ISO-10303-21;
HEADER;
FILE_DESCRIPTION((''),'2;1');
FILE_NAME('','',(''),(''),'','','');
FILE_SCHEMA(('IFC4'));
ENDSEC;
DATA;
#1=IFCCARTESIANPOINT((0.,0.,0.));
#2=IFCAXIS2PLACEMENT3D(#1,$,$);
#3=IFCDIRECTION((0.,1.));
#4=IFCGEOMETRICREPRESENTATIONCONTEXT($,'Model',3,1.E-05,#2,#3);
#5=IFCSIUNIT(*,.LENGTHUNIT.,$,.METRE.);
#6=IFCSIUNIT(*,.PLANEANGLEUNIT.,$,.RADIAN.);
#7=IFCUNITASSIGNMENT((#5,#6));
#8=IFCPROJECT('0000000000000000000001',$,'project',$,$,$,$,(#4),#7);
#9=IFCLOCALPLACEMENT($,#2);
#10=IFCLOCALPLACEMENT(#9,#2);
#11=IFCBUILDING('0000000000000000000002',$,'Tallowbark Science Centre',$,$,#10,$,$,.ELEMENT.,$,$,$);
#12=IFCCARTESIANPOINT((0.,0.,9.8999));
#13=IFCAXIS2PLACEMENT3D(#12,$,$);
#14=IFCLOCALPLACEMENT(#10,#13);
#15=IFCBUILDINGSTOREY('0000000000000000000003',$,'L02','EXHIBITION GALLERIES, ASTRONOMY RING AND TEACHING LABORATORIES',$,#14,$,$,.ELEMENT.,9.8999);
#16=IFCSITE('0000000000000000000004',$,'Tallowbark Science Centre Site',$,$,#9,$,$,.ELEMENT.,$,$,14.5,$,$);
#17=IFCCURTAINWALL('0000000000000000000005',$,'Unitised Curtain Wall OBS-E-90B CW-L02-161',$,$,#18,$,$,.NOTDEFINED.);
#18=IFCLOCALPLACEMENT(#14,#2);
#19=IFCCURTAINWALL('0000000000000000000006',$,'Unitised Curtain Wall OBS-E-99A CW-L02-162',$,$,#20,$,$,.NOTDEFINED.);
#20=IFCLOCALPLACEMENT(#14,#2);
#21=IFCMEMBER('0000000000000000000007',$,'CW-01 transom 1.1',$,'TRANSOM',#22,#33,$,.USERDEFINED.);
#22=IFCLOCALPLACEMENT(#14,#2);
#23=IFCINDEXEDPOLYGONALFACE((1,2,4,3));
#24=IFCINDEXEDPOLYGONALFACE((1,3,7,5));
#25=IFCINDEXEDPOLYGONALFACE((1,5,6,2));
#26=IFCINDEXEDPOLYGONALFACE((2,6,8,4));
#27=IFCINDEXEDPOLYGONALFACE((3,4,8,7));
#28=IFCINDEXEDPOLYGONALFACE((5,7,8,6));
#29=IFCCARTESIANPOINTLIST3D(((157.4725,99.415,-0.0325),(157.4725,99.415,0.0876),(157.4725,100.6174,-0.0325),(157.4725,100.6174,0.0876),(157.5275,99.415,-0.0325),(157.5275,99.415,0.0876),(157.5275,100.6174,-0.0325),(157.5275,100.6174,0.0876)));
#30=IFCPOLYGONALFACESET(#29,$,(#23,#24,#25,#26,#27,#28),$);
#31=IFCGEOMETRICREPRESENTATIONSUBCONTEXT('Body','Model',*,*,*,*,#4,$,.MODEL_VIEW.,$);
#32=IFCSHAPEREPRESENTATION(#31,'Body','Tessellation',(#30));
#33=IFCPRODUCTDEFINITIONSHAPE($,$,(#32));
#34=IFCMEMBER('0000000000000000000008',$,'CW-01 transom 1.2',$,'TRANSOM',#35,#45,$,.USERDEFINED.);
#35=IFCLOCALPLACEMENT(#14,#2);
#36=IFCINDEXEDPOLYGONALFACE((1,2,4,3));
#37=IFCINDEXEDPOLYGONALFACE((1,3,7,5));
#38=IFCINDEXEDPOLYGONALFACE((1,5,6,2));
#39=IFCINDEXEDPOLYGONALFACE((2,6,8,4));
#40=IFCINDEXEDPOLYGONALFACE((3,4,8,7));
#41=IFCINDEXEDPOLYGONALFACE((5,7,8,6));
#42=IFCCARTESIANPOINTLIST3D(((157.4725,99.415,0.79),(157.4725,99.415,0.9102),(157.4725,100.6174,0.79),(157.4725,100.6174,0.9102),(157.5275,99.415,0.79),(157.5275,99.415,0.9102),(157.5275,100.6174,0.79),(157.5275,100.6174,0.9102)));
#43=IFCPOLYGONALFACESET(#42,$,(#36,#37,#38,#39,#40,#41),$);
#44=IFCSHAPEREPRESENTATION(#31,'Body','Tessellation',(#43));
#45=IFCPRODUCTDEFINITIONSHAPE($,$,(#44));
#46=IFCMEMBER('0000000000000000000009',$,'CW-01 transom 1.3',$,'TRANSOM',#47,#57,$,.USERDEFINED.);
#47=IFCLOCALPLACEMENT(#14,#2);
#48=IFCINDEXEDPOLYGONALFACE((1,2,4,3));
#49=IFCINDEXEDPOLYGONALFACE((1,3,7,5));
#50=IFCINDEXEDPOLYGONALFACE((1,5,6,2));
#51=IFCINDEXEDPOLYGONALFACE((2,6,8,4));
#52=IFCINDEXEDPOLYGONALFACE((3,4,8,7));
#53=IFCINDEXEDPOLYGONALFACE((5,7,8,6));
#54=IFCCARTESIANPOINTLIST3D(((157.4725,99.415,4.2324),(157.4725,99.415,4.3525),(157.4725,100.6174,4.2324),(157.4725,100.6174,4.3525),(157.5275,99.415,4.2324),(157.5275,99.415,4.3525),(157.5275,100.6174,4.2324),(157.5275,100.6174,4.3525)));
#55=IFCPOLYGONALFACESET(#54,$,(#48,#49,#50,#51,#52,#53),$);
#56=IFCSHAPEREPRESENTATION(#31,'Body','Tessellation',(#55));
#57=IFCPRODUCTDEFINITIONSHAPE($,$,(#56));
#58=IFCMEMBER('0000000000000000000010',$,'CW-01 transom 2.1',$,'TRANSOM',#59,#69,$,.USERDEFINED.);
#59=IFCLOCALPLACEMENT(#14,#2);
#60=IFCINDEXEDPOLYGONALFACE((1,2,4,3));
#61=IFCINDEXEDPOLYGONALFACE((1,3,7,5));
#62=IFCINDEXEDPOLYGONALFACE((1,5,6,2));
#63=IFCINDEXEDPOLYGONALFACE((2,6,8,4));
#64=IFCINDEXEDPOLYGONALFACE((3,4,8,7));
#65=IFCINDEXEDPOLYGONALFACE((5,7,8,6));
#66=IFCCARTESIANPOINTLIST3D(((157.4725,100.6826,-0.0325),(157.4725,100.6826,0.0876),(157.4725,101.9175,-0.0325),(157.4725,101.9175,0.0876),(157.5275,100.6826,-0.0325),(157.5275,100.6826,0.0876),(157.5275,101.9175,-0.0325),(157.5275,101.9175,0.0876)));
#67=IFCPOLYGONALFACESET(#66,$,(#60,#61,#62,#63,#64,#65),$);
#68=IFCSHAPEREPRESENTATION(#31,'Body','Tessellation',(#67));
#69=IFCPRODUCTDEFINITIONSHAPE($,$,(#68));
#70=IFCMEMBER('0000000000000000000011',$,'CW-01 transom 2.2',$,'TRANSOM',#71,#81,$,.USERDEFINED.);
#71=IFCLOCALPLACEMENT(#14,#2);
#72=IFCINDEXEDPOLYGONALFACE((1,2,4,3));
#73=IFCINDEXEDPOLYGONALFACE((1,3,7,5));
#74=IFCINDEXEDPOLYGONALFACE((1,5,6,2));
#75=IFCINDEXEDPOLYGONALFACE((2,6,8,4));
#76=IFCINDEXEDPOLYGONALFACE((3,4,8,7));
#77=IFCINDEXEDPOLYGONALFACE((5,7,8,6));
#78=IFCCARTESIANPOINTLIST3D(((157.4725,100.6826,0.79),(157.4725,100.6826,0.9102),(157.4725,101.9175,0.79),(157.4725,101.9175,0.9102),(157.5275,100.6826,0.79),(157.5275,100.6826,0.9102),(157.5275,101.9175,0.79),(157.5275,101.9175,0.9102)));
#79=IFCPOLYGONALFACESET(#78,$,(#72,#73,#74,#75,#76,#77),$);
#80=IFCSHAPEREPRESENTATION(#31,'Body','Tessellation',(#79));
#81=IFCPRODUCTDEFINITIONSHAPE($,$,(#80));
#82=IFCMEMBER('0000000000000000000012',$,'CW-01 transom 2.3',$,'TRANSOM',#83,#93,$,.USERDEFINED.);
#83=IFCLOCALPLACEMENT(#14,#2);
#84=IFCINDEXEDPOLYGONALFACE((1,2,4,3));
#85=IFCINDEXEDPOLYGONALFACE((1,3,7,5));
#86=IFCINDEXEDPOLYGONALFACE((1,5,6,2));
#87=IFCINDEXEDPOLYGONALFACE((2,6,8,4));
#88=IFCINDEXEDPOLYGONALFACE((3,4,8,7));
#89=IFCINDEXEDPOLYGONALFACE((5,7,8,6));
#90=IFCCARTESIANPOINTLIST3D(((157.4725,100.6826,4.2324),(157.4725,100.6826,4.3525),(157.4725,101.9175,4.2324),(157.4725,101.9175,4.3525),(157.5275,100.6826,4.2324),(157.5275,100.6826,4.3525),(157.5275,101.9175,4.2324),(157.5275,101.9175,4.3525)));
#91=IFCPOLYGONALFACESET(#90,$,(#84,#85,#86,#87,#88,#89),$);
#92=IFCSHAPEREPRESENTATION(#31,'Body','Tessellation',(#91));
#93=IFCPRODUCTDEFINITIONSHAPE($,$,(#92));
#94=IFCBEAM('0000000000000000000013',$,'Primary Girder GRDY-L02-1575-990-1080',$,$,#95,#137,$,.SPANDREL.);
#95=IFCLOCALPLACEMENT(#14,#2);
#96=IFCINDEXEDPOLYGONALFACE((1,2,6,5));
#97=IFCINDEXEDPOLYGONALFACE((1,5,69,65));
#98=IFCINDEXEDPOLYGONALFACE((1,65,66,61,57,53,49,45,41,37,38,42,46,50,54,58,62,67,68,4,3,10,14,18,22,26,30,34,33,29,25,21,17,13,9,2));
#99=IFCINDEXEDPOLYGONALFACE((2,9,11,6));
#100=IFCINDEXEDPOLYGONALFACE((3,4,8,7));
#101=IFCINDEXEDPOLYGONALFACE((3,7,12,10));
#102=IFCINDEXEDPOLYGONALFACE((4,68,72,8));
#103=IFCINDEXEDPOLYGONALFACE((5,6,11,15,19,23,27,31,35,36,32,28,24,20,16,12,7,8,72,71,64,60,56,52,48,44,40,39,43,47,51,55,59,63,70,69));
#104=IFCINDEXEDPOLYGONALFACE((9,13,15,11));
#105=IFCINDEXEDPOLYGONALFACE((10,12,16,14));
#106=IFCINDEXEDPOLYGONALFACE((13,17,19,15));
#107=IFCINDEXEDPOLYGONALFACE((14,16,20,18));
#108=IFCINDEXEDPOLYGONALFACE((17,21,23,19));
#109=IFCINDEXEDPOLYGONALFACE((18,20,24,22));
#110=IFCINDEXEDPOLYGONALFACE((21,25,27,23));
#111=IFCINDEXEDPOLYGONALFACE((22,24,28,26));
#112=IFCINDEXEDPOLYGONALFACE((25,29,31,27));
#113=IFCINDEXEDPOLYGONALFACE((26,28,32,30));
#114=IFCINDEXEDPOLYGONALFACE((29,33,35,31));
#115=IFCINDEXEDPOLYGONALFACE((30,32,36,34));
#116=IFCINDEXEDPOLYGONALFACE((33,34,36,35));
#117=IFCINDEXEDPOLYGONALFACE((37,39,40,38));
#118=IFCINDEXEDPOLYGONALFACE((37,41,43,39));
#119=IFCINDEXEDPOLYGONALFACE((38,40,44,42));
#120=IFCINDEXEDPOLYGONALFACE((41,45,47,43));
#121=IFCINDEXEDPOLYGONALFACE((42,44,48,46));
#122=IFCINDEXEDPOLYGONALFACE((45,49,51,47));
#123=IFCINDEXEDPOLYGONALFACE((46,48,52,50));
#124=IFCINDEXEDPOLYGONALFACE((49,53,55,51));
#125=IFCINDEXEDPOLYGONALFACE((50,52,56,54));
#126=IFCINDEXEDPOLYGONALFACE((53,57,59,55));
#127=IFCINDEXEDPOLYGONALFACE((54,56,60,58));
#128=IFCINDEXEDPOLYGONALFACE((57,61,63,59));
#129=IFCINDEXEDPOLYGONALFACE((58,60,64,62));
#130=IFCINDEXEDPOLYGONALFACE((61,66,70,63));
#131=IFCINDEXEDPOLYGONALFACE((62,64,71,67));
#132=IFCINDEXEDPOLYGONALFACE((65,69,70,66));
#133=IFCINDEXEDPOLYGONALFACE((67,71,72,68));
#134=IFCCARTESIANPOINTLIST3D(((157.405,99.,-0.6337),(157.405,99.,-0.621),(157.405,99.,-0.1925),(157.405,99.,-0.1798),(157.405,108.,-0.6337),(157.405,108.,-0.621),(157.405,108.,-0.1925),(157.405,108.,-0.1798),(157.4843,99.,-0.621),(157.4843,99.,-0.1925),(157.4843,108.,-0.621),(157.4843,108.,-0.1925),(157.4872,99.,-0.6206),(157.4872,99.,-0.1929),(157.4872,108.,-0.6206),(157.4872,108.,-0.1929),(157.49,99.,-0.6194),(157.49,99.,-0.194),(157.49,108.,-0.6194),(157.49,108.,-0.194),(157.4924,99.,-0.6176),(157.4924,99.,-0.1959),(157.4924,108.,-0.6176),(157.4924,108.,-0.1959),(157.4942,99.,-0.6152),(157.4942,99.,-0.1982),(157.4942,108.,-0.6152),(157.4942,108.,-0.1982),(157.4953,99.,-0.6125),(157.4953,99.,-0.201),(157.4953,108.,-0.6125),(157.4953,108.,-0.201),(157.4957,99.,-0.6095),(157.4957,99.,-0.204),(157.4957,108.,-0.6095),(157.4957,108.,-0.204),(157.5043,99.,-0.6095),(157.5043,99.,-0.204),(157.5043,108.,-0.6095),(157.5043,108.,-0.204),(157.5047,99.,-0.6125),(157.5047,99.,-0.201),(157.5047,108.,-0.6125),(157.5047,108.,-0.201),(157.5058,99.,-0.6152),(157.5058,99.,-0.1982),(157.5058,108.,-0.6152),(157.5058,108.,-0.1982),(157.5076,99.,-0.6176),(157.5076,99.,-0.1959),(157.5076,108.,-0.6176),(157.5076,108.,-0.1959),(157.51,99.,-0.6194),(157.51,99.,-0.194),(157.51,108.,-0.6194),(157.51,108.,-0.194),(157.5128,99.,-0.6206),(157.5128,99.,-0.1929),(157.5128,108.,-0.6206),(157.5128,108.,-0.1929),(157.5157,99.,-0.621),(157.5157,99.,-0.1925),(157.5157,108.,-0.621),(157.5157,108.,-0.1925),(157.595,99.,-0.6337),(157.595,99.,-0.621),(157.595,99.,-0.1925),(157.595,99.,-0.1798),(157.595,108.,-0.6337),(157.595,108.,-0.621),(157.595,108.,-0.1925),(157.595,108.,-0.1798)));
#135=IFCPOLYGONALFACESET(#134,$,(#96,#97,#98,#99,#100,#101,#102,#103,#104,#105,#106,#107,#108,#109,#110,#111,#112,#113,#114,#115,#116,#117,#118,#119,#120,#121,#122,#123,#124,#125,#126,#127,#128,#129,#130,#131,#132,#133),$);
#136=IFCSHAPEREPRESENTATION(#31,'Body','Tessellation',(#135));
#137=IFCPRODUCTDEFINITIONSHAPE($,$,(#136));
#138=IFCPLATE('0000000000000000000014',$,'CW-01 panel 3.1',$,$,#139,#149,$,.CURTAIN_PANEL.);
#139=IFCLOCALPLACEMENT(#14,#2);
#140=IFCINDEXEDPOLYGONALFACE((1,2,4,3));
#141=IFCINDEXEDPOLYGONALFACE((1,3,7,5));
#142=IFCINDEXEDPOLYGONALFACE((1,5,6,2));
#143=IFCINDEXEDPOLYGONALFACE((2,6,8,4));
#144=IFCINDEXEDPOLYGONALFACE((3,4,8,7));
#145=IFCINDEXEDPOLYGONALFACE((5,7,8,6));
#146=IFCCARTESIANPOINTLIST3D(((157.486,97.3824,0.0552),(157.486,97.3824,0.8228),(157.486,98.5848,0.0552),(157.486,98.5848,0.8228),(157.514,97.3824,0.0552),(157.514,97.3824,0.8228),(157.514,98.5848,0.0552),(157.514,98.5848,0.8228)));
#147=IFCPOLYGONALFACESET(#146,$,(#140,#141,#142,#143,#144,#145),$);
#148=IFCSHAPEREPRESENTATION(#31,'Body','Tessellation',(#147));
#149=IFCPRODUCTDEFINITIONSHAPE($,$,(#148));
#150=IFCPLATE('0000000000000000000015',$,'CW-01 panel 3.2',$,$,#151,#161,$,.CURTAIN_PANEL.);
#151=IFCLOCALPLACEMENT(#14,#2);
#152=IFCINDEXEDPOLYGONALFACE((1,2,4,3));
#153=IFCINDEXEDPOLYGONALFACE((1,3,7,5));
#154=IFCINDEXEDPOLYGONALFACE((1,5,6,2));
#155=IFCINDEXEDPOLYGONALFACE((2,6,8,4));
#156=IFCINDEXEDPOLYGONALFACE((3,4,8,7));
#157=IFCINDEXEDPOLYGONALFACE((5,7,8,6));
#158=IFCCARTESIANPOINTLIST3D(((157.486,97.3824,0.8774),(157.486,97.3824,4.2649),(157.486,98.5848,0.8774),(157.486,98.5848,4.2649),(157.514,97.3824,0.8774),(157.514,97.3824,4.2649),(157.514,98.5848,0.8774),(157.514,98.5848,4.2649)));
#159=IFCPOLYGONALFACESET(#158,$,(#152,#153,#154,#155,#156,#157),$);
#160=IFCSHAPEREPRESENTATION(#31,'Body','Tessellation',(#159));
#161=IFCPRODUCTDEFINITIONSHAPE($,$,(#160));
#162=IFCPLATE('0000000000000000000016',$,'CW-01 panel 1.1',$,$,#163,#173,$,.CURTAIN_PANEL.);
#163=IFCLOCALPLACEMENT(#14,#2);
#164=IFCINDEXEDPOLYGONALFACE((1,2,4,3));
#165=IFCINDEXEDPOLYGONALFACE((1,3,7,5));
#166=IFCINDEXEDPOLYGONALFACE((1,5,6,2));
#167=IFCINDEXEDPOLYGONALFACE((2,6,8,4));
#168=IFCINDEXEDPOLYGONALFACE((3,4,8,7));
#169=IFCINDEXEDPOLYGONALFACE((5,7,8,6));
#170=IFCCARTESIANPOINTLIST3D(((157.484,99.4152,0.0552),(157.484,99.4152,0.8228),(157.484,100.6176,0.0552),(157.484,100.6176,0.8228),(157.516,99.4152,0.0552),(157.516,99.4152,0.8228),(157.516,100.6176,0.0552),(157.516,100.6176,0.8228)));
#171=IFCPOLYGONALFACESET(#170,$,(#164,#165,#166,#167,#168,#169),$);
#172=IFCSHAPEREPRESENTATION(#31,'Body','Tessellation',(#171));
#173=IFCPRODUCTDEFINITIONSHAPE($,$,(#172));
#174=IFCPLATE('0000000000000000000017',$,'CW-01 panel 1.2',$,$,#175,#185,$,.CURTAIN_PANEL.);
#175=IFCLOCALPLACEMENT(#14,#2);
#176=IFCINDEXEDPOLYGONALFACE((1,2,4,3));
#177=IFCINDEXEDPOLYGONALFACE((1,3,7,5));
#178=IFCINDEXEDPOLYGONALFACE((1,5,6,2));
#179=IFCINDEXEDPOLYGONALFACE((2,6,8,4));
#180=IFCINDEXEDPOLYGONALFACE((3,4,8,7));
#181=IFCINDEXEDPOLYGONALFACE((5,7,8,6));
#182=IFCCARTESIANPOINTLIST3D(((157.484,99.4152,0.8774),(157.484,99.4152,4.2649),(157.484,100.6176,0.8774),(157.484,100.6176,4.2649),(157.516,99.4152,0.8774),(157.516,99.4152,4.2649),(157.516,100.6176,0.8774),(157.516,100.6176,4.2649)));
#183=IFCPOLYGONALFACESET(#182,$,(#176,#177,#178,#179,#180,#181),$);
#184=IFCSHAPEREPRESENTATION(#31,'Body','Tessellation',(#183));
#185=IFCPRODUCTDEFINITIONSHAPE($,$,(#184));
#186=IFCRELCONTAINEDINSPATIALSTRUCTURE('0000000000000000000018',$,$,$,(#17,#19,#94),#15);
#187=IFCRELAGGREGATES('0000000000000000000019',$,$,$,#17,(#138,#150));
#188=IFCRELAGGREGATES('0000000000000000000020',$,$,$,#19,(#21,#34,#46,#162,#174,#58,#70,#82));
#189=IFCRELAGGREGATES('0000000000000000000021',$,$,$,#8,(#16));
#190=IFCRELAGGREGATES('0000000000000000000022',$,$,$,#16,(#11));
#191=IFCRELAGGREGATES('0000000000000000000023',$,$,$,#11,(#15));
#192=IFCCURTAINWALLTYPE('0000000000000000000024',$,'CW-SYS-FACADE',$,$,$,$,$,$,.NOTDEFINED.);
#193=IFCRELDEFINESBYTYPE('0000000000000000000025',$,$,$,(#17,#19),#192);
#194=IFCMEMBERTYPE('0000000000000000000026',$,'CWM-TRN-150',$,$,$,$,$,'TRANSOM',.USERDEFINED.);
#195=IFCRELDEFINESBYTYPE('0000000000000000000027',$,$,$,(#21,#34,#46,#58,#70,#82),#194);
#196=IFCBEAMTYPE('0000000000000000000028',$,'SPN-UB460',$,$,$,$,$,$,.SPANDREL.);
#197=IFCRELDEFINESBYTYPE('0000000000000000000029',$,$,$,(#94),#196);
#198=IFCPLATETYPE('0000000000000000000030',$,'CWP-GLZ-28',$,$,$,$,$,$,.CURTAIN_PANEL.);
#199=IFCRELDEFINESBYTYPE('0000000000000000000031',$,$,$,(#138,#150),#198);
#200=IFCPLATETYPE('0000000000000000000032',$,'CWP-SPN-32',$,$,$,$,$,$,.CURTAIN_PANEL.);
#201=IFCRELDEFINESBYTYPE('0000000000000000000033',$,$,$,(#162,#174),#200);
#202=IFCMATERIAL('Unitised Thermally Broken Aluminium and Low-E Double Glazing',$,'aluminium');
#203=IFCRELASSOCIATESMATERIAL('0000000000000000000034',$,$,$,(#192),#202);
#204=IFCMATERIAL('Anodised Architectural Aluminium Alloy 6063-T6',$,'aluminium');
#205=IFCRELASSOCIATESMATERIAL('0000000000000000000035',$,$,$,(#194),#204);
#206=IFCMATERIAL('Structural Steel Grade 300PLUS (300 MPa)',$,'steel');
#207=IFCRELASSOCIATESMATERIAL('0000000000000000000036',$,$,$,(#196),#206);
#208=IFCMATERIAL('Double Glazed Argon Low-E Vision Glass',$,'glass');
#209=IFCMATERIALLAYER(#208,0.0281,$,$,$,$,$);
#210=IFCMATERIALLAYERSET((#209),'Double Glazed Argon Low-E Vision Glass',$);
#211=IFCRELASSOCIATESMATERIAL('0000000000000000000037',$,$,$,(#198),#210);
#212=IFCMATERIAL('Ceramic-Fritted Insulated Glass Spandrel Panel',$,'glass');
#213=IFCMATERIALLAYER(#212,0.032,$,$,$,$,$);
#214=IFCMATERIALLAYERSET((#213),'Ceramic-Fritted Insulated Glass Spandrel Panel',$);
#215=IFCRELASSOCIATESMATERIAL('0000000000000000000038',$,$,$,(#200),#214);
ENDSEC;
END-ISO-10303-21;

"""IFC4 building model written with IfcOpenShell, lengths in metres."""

from ifc_helpers import new_model, si_unit, direction, frame, origin, origin_2d, place, context, subcontext, project, spatial, rectangle, i_section, extrude, material, layer, layer_set, material_profile, profile_set, type_object, element, aggregate, save


model = new_model("IFC4")

# Units and contexts
model_context = context("Model", 3, precision=1e-05, world=origin(), true_north=direction((0.0, 1.0)))
body_context = subcontext(model_context, "Body", "Model", "MODEL_VIEW")
ifc_project = project(units=[si_unit("LENGTHUNIT", "METRE"), si_unit("PLANEANGLEUNIT", "RADIAN")], contexts=[model_context])

# Site, building, storey
site_placement = place(None, origin())
site = spatial("IfcSite", under=ifc_project, at=site_placement, Name="Tallowbark Science Centre Site", CompositionType="ELEMENT", RefElevation=14.5)
building_placement = place(site_placement, origin())
building = spatial("IfcBuilding", under=site, at=building_placement, Name="Tallowbark Science Centre", CompositionType="ELEMENT")
storey_placement = place(building_placement, frame((0.0, 0.0, 9.8999)))
storey = spatial("IfcBuildingStorey", under=building, at=storey_placement, Name="L02", Description="EXHIBITION GALLERIES, ASTRONOMY RING AND TEACHING LABORATORIES", CompositionType="ELEMENT", Elevation=9.8999)

# Shared definitions
ifc_material_1 = material(Name="Structural Steel Grade 300PLUS (300 MPa)", Category="steel")

# Curtain walls
ifc_material_2 = material(Name="Unitised Thermally Broken Aluminium and Low-E Double Glazing", Category="aluminium")
curtain_wall_type = type_object("IfcCurtainWallType", Name="CW-SYS-FACADE", PredefinedType="NOTDEFINED", material=ifc_material_2)
curtain_wall_1_placement = place(storey_placement, origin())
curtain_wall_1 = element("IfcCurtainWall", 1, at=curtain_wall_1_placement, inside=storey, type_object=curtain_wall_type, Name="Unitised Curtain Wall OBS-E-90B CW-L02-161", PredefinedType="NOTDEFINED")
ifc_material_3 = material(Name="Anodised Architectural Aluminium Alloy 6063-T6", Category="aluminium")
curtain_wall_2_placement = place(storey_placement, origin())
curtain_wall_2 = element("IfcCurtainWall", 2, at=curtain_wall_2_placement, inside=storey, type_object=curtain_wall_type, Name="Unitised Curtain Wall OBS-E-99A CW-L02-162", PredefinedType="NOTDEFINED")

# Members
ifc_material_profile_1 = material_profile(ifc_material_3, rectangle(XDim=0.0549, YDim=0.1201, at=origin_2d()), Name="ALU55x120")
ifc_profile_set_1 = profile_set([ifc_material_profile_1], Name="Anodised Architectural Aluminium Alloy 6063-T6")
member_type_1 = type_object("IfcMemberType", Name="CWM-TRN-150", ElementType="TRANSOM", PredefinedType="USERDEFINED", material=ifc_profile_set_1)
member_1_placement = place(storey_placement, frame((157.5, 99.415, 0.0276), z_axis=(0.0, 1.0, 0.0), x_axis=(-1.0, 0.0, 0.0)))
member_1 = element("IfcMember", 3, at=member_1_placement, type_object=member_type_1, Name="CW-01 transom 1.1", ObjectType="TRANSOM", PredefinedType="USERDEFINED", context=body_context, shape_type="SweptSolid", body=[
    extrude(rectangle(XDim=0.0549, YDim=0.1201, at=origin_2d()), origin(), (0.0, 0.0, 1.0), 1.2024),
])
member_2_placement = place(storey_placement, frame((157.5, 99.415, 0.8501), z_axis=(0.0, 1.0, 0.0), x_axis=(-1.0, 0.0, 0.0)))
member_2 = element("IfcMember", 4, at=member_2_placement, type_object=member_type_1, Name="CW-01 transom 1.2", ObjectType="TRANSOM", PredefinedType="USERDEFINED", context=body_context, shape_type="SweptSolid", body=[
    extrude(rectangle(XDim=0.0549, YDim=0.1201, at=origin_2d()), origin(), (0.0, 0.0, 1.0), 1.2024),
])
member_3_placement = place(storey_placement, frame((157.5, 99.415, 4.2925), z_axis=(0.0, 1.0, 0.0), x_axis=(-1.0, 0.0, 0.0)))
member_3 = element("IfcMember", 5, at=member_3_placement, type_object=member_type_1, Name="CW-01 transom 1.3", ObjectType="TRANSOM", PredefinedType="USERDEFINED", context=body_context, shape_type="SweptSolid", body=[
    extrude(rectangle(XDim=0.0549, YDim=0.1201, at=origin_2d()), origin(), (0.0, 0.0, 1.0), 1.2024),
])
member_4_placement = place(storey_placement, frame((157.5, 100.6826, 0.0276), z_axis=(0.0, 1.0, 0.0), x_axis=(-1.0, 0.0, 0.0)))
member_4 = element("IfcMember", 6, at=member_4_placement, type_object=member_type_1, Name="CW-01 transom 2.1", ObjectType="TRANSOM", PredefinedType="USERDEFINED", context=body_context, shape_type="SweptSolid", body=[
    extrude(rectangle(XDim=0.0549, YDim=0.1201, at=origin_2d()), origin(), (0.0, 0.0, 1.0), 1.2349),
])
member_5_placement = place(storey_placement, frame((157.5, 100.6826, 0.8501), z_axis=(0.0, 1.0, 0.0), x_axis=(-1.0, 0.0, 0.0)))
member_5 = element("IfcMember", 7, at=member_5_placement, type_object=member_type_1, Name="CW-01 transom 2.2", ObjectType="TRANSOM", PredefinedType="USERDEFINED", context=body_context, shape_type="SweptSolid", body=[
    extrude(rectangle(XDim=0.0549, YDim=0.1201, at=origin_2d()), origin(), (0.0, 0.0, 1.0), 1.2349),
])
member_6_placement = place(storey_placement, frame((157.5, 100.6826, 4.2925), z_axis=(0.0, 1.0, 0.0), x_axis=(-1.0, 0.0, 0.0)))
member_6 = element("IfcMember", 8, at=member_6_placement, type_object=member_type_1, Name="CW-01 transom 2.3", ObjectType="TRANSOM", PredefinedType="USERDEFINED", context=body_context, shape_type="SweptSolid", body=[
    extrude(rectangle(XDim=0.0549, YDim=0.1201, at=origin_2d()), origin(), (0.0, 0.0, 1.0), 1.2349),
])

# Beam
ifc_material_profile_2 = material_profile(ifc_material_1, i_section(OverallWidth=0.1899, OverallDepth=0.4539, WebThickness=0.0085, FlangeThickness=0.0127, FilletRadius=0.0115, at=origin_2d()), Name="460UB67.1")
ifc_profile_set_2 = profile_set([ifc_material_profile_2], Name="Structural Steel Grade 300PLUS (300 MPa)")
beam_type_1 = type_object("IfcBeamType", Name="SPN-UB460", PredefinedType="SPANDREL", material=ifc_profile_set_2)
beam_1_placement = place(storey_placement, frame((157.5, 99.0, -0.4067), z_axis=(0.0, 1.0, 0.0), x_axis=(-1.0, 0.0, 0.0)))
element("IfcBeam", 9, at=beam_1_placement, inside=storey, type_object=beam_type_1, Name="Primary Girder GRDY-L02-1575-990-1080", PredefinedType="SPANDREL", context=body_context, shape_type="SweptSolid", body=[
    extrude(i_section(OverallWidth=0.1899, OverallDepth=0.4539, WebThickness=0.0085, FlangeThickness=0.0127, FilletRadius=0.0115, at=origin_2d()), origin(), (0.0, 0.0, 1.0), 9.0),
])

# Plates
ifc_material_4 = material(Name="Double Glazed Argon Low-E Vision Glass", Category="glass")
ifc_layer_1 = layer(ifc_material_4, 0.0281)
ifc_layer_set_1 = layer_set([ifc_layer_1], Name="Double Glazed Argon Low-E Vision Glass")
plate_type_1 = type_object("IfcPlateType", Name="CWP-GLZ-28", PredefinedType="CURTAIN_PANEL", material=ifc_layer_set_1)
plate_1_placement = place(storey_placement, frame((157.5, 97.9836, 0.0552), z_axis=(0.0, 0.0, 1.0), x_axis=(0.0, 1.0, 0.0)))
plate_1 = element("IfcPlate", 10, at=plate_1_placement, type_object=plate_type_1, Name="CW-01 panel 3.1", PredefinedType="CURTAIN_PANEL", context=body_context, shape_type="SweptSolid", body=[
    extrude(rectangle(XDim=1.2024, YDim=0.0281, at=origin_2d()), origin(), (0.0, 0.0, 1.0), 0.7676),
])
plate_2_placement = place(storey_placement, frame((157.5, 97.9836, 0.8774), z_axis=(0.0, 0.0, 1.0), x_axis=(0.0, 1.0, 0.0)))
plate_2 = element("IfcPlate", 11, at=plate_2_placement, type_object=plate_type_1, Name="CW-01 panel 3.2", PredefinedType="CURTAIN_PANEL", context=body_context, shape_type="SweptSolid", body=[
    extrude(rectangle(XDim=1.2024, YDim=0.0281, at=origin_2d()), origin(), (0.0, 0.0, 1.0), 3.3875),
])
aggregate(curtain_wall_1, [plate_1, plate_2])
ifc_material_5 = material(Name="Ceramic-Fritted Insulated Glass Spandrel Panel", Category="glass")
ifc_layer_2 = layer(ifc_material_5, 0.032)
ifc_layer_set_2 = layer_set([ifc_layer_2], Name="Ceramic-Fritted Insulated Glass Spandrel Panel")
plate_type_2 = type_object("IfcPlateType", Name="CWP-SPN-32", PredefinedType="CURTAIN_PANEL", material=ifc_layer_set_2)
plate_3_placement = place(storey_placement, frame((157.5, 100.0164, 0.0552), z_axis=(0.0, 0.0, 1.0), x_axis=(0.0, 1.0, 0.0)))
plate_3 = element("IfcPlate", 12, at=plate_3_placement, type_object=plate_type_2, Name="CW-01 panel 1.1", PredefinedType="CURTAIN_PANEL", context=body_context, shape_type="SweptSolid", body=[
    extrude(rectangle(XDim=1.2024, YDim=0.032, at=origin_2d()), origin(), (0.0, 0.0, 1.0), 0.7676),
])
plate_4_placement = place(storey_placement, frame((157.5, 100.0164, 0.8774), z_axis=(0.0, 0.0, 1.0), x_axis=(0.0, 1.0, 0.0)))
plate_4 = element("IfcPlate", 13, at=plate_4_placement, type_object=plate_type_2, Name="CW-01 panel 1.2", PredefinedType="CURTAIN_PANEL", context=body_context, shape_type="SweptSolid", body=[
    extrude(rectangle(XDim=1.2024, YDim=0.032, at=origin_2d()), origin(), (0.0, 0.0, 1.0), 3.3875),
])
aggregate(curtain_wall_2, [member_1, member_2, member_3, plate_3, plate_4, member_4, member_5, member_6])

save(model, "model.ifc")
